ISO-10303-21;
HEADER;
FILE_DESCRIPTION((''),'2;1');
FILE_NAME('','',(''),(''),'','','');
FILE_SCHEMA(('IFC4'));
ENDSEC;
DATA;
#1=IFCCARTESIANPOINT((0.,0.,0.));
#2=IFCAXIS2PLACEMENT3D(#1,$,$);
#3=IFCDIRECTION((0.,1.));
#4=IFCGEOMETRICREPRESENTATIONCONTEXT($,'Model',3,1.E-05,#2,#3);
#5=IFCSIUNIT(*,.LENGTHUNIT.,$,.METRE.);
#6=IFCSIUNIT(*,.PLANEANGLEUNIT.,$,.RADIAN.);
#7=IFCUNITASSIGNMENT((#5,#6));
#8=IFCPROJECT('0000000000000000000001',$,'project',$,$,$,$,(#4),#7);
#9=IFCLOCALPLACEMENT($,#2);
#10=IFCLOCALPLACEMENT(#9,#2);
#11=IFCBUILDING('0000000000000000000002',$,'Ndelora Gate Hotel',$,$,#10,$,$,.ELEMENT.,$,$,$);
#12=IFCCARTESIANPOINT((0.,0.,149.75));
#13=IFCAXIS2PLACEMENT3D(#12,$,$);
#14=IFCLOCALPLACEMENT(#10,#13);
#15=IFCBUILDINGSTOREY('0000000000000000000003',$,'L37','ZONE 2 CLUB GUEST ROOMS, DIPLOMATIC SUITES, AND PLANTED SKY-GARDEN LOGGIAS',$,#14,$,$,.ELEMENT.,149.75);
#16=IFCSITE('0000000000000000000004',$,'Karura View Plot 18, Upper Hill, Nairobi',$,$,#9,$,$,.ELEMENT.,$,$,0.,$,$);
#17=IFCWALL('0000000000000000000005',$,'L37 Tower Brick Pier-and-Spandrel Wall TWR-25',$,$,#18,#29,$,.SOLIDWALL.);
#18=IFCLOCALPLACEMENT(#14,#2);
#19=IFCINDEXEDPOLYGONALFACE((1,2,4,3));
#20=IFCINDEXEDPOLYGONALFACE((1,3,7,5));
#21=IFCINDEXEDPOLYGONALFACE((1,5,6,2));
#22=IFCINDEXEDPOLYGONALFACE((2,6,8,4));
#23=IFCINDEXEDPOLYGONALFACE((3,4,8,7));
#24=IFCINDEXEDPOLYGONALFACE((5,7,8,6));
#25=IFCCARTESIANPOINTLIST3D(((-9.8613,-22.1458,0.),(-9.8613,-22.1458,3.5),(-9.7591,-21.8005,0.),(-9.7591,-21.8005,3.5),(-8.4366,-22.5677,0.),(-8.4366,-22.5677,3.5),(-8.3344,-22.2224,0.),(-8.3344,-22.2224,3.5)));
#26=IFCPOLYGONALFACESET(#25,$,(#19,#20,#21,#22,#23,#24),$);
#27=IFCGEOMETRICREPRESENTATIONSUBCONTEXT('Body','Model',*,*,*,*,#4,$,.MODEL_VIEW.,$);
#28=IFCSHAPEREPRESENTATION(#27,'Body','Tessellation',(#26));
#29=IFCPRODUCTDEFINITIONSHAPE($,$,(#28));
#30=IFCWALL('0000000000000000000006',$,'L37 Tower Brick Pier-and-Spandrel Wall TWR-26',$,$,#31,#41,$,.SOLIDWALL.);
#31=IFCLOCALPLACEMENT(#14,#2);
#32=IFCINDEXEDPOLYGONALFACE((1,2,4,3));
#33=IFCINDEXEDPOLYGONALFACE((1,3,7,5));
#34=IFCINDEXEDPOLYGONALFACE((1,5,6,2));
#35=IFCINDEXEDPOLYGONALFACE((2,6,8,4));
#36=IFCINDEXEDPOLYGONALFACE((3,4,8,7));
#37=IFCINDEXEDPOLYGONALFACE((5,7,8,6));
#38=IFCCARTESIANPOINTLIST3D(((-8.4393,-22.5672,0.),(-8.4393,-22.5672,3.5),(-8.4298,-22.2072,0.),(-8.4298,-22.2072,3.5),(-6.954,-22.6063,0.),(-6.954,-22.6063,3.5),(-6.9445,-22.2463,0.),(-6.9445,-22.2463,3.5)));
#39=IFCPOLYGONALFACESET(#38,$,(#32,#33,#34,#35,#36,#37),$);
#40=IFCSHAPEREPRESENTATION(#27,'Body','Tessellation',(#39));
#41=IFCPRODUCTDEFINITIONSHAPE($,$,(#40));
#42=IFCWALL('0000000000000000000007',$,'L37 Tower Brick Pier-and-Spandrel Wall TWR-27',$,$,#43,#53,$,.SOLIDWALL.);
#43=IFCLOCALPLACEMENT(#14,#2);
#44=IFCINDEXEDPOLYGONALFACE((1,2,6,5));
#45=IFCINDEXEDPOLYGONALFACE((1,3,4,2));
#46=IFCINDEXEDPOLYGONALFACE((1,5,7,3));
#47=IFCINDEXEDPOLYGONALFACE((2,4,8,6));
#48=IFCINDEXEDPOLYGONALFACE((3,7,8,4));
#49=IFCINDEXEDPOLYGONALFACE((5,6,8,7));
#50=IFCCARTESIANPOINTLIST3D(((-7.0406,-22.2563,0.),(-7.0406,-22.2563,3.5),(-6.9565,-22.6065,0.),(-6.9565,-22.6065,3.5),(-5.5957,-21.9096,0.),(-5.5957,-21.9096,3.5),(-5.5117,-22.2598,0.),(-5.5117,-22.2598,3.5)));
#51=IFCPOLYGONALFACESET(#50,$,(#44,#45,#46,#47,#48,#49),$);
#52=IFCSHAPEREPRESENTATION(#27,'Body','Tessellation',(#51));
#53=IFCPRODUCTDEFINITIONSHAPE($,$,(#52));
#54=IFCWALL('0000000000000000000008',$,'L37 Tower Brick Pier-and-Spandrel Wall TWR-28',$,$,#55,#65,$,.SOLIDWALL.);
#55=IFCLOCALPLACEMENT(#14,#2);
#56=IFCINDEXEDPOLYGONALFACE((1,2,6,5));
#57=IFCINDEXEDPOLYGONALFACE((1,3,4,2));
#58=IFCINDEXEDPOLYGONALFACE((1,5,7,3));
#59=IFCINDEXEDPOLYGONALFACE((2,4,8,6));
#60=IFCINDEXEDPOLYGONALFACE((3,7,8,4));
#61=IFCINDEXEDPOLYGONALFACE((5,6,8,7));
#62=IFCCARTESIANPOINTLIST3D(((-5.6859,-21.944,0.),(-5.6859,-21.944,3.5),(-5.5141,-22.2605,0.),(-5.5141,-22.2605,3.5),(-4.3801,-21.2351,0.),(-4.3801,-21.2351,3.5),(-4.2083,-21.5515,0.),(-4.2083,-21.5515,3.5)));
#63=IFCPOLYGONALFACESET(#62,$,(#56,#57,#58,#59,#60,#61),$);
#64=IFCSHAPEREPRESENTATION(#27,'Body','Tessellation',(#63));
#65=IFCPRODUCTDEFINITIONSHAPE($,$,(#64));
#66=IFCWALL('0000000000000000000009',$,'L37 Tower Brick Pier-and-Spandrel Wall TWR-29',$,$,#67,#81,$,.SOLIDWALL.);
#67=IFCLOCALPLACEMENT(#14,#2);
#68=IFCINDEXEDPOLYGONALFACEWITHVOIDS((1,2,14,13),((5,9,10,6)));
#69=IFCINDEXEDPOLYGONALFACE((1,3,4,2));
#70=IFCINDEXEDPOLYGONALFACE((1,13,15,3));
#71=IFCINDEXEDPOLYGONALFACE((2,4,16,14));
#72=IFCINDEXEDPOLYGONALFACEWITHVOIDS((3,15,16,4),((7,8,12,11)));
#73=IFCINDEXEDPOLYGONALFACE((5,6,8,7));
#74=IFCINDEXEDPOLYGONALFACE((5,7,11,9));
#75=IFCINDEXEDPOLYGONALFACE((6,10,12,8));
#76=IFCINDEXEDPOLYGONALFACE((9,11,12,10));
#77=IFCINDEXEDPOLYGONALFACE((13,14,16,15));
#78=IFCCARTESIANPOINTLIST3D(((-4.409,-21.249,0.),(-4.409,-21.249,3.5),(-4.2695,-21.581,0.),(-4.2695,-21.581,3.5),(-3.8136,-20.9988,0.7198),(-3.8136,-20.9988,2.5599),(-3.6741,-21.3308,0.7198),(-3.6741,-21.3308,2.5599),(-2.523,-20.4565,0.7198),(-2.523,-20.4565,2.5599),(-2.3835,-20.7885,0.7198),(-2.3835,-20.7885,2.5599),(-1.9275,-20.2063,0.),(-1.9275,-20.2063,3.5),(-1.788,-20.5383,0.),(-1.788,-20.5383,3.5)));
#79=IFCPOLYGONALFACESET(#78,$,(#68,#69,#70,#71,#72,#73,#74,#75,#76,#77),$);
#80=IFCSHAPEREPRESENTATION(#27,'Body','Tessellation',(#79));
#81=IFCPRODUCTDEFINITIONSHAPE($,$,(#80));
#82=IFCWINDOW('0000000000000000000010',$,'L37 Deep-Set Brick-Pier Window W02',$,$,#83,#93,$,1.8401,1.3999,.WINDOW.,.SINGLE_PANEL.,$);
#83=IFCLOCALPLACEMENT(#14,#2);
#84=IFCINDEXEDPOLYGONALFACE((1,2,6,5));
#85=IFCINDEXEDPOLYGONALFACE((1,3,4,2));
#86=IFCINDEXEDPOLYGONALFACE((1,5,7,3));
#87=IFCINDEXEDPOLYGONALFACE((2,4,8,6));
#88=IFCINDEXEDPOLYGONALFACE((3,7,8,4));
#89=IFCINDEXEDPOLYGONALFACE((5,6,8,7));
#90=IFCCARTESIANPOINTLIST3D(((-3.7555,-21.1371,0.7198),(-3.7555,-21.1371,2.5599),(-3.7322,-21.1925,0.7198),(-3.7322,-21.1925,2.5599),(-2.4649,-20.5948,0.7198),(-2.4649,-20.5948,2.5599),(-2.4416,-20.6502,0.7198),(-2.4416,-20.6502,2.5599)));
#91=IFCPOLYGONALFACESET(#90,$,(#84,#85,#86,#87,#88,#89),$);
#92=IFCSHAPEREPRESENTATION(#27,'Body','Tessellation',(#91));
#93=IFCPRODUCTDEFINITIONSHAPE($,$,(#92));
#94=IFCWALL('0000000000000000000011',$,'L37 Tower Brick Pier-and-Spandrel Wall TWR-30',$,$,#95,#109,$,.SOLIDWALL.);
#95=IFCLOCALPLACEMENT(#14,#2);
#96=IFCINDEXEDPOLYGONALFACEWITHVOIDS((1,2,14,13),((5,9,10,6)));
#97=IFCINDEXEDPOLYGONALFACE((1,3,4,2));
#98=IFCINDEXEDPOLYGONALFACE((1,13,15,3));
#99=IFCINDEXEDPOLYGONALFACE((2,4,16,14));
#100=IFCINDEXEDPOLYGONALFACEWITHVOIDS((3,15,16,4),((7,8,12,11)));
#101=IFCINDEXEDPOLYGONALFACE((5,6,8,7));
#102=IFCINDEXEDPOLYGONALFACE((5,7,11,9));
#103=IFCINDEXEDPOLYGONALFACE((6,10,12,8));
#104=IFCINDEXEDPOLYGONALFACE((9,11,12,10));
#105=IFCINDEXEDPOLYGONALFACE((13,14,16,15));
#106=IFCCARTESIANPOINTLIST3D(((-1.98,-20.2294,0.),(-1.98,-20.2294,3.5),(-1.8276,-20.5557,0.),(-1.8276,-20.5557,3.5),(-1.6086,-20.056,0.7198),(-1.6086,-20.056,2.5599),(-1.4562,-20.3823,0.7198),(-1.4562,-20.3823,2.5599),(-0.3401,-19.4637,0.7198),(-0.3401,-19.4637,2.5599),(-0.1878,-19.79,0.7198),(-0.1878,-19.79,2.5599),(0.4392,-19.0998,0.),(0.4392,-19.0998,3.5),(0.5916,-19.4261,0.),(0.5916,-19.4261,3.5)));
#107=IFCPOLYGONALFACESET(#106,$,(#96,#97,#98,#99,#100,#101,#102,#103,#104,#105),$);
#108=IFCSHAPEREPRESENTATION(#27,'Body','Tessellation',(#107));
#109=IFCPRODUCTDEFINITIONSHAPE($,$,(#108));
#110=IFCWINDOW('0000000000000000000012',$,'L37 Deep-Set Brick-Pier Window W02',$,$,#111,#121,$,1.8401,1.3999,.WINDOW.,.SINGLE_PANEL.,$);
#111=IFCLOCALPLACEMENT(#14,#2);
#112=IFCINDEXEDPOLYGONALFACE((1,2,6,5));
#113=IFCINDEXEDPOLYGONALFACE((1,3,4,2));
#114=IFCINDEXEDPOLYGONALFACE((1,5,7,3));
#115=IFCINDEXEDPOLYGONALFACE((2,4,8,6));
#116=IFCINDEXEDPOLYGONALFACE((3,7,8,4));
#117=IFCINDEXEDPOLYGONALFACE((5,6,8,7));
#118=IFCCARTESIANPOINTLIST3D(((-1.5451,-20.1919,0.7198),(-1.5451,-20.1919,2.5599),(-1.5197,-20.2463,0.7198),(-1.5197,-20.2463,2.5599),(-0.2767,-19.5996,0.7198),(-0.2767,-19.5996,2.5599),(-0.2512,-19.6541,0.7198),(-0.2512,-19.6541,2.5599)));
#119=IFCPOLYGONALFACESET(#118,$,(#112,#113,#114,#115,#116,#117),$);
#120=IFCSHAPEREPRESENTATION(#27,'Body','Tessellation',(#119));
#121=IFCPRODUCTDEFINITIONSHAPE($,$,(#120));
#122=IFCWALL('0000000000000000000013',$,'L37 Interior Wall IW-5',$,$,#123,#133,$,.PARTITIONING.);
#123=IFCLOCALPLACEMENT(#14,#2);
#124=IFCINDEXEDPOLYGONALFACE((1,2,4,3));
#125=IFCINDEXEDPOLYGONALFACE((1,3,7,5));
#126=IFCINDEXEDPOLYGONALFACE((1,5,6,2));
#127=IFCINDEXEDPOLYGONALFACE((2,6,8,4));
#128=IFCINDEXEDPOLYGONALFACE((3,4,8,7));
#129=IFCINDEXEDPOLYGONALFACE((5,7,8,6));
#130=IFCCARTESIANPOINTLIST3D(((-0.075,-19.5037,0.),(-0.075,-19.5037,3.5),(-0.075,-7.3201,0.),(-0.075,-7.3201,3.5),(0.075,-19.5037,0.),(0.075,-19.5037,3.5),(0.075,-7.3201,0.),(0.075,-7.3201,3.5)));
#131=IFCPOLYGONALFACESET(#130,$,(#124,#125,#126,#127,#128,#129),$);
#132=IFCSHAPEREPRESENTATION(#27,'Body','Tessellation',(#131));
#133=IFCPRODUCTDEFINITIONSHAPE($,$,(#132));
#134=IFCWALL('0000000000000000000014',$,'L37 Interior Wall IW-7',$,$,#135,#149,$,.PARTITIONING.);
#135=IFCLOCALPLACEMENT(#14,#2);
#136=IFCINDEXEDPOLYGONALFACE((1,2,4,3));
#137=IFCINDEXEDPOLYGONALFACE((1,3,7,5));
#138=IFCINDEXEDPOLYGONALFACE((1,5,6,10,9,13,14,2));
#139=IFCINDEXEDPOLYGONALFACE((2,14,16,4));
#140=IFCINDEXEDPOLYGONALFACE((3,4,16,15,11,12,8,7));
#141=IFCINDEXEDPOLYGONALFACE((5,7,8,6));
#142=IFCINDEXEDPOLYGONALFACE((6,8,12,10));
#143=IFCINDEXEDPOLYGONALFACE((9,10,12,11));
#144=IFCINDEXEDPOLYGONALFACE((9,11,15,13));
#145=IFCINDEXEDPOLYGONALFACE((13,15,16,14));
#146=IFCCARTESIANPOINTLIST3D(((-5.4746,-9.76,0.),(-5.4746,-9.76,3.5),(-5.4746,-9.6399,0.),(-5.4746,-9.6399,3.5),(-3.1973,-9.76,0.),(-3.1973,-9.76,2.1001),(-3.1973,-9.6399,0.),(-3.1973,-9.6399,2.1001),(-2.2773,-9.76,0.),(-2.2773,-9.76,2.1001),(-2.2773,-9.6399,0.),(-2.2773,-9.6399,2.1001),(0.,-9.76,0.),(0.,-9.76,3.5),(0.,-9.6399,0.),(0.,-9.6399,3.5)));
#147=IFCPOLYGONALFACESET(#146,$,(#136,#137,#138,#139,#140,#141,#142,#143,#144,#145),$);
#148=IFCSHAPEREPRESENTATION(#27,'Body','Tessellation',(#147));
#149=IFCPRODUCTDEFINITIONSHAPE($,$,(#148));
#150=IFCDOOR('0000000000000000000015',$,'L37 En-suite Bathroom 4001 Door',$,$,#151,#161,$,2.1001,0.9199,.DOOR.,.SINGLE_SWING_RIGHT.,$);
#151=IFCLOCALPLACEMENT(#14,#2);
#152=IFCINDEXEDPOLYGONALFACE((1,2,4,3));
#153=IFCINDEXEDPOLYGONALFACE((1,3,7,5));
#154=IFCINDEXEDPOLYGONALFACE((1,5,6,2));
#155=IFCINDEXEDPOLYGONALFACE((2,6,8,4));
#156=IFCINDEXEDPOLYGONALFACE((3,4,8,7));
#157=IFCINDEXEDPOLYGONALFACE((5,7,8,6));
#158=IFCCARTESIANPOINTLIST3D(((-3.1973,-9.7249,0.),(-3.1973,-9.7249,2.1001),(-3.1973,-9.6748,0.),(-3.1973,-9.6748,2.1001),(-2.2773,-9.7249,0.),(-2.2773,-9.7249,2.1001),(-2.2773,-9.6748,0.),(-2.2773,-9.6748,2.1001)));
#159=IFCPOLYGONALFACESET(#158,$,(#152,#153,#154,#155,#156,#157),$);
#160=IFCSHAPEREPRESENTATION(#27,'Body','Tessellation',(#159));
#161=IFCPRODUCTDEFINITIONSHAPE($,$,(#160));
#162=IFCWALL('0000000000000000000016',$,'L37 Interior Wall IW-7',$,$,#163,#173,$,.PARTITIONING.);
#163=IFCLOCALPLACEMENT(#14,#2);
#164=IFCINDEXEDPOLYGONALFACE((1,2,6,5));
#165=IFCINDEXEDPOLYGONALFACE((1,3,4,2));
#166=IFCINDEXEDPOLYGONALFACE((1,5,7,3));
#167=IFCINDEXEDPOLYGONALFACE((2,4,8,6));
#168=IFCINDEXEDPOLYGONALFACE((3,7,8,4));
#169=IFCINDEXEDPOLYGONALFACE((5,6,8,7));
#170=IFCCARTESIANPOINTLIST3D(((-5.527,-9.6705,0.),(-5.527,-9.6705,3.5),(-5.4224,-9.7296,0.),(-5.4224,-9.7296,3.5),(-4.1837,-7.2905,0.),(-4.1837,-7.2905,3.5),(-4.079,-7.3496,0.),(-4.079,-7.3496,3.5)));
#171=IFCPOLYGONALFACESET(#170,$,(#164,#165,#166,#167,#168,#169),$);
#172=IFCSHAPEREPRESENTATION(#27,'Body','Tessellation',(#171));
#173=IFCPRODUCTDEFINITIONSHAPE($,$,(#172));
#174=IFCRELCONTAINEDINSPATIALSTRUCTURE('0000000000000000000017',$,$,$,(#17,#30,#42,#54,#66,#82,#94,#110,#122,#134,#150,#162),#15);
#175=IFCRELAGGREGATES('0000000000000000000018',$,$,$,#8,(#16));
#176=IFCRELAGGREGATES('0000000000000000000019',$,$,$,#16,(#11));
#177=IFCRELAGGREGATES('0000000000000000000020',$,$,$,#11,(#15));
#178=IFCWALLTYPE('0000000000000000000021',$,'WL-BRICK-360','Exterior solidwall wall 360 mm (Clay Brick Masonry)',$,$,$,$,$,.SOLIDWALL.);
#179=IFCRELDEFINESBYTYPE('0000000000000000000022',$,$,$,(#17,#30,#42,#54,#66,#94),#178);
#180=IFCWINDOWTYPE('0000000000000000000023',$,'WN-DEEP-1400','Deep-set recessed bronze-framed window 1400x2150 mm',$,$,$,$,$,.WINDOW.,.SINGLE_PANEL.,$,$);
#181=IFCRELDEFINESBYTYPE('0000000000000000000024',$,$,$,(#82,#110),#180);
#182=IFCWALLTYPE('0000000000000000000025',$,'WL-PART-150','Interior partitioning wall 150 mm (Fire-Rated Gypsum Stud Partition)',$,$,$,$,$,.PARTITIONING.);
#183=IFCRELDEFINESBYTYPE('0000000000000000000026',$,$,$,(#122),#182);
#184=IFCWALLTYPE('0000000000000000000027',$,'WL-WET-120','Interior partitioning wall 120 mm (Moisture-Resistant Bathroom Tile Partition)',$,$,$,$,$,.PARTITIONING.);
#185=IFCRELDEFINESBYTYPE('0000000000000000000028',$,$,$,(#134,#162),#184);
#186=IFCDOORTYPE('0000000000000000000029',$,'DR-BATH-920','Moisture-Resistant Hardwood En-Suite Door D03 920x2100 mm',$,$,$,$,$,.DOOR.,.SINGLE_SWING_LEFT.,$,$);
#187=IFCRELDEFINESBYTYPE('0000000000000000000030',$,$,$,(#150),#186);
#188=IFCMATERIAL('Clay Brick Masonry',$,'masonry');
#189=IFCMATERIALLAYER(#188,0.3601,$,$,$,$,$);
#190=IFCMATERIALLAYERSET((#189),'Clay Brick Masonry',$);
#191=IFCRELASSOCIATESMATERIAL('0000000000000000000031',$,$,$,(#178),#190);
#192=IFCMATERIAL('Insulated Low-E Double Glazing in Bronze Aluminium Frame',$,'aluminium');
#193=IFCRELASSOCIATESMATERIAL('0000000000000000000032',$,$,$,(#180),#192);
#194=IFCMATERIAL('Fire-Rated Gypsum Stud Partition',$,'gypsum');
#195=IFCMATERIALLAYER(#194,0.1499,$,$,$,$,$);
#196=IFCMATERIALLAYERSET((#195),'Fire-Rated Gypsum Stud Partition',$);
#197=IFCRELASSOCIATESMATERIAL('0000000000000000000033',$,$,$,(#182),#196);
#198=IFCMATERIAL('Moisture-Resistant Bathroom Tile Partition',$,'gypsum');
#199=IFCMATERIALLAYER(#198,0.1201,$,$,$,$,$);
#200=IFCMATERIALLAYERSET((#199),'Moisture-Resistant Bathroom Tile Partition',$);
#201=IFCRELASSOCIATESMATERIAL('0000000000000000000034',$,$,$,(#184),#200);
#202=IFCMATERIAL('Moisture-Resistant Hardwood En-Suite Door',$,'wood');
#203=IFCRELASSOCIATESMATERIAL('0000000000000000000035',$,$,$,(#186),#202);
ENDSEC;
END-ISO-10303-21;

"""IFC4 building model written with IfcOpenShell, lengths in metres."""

from ifc_helpers import new_model, si_unit, direction, frame, frame_2d, origin, place, context, subcontext, project, spatial, rectangle, extrude, material, layer, layer_set, type_object, element, fill, save


model = new_model("IFC4")

# Units and contexts
model_context = context("Model", 3, precision=1e-05, world=origin(), true_north=direction((0.0, 1.0)))
body_context = subcontext(model_context, "Body", "Model", "MODEL_VIEW")
ifc_project = project(units=[si_unit("LENGTHUNIT", "METRE"), si_unit("PLANEANGLEUNIT", "RADIAN")], contexts=[model_context])

# Site, building, storey
site_placement = place(None, origin())
site = spatial("IfcSite", under=ifc_project, at=site_placement, Name="Karura View Plot 18, Upper Hill, Nairobi", CompositionType="ELEMENT", RefElevation=0.0)
building_placement = place(site_placement, origin())
building = spatial("IfcBuilding", under=site, at=building_placement, Name="Ndelora Gate Hotel", CompositionType="ELEMENT")
storey_placement = place(building_placement, frame((0.0, 0.0, 149.75)))
storey = spatial("IfcBuildingStorey", under=building, at=storey_placement, Name="L37", Description="ZONE 2 CLUB GUEST ROOMS, DIPLOMATIC SUITES, AND PLANTED SKY-GARDEN LOGGIAS", CompositionType="ELEMENT", Elevation=149.75)

# Walls
ifc_material_1 = material(Name="Clay Brick Masonry", Category="masonry")
ifc_layer_1 = layer(ifc_material_1, 0.3601)
ifc_layer_set_1 = layer_set([ifc_layer_1], Name="Clay Brick Masonry")
wall_type_1 = type_object("IfcWallType", Name="WL-BRICK-360", Description="Exterior solidwall wall 360 mm (Clay Brick Masonry)", PredefinedType="SOLIDWALL", material=ifc_layer_set_1)
for number, where, z_axis, x_axis, name in (
    (1, (-8.3855, -22.395, 0.0), (0.0, 0.0, 1.0), (-0.958851, 0.283909, 0.0), "L37 Tower Brick Pier-and-Spandrel Wall TWR-25"),
    (2, (-6.9492, -22.4263, 0.0), (0.0, 0.0, 1.0), (-0.999654, 0.026289, 0.0), "L37 Tower Brick Pier-and-Spandrel Wall TWR-26"),
    (3, (-5.5537, -22.0847, 0.0), (0.0, 0.0, 1.0), (-0.972399, -0.233323, 0.0), "L37 Tower Brick Pier-and-Spandrel Wall TWR-27"),
    (4, (-4.2942, -21.3933, 0.0), (0.0, 0.0, 1.0), (-0.878836, -0.477124, 0.0), "L37 Tower Brick Pier-and-Spandrel Wall TWR-28"),
):
    element("IfcWall", number, at=place(storey_placement, frame(where, z_axis=z_axis, x_axis=x_axis)), inside=storey, type_object=wall_type_1, Name=name, PredefinedType="SOLIDWALL", context=body_context, shape_type="SweptSolid", body=[
        extrude(rectangle(XDim=1.4858, YDim=0.3601, at=frame_2d((0.7429, 0.0))), origin(), (0.0, 0.0, 1.0), 3.5),
    ])

# Walls, openings, windows
wall_1_placement = place(storey_placement, frame((-1.8579, -20.3723, 0.0), z_axis=(0.0, 0.0, 1.0), x_axis=(-0.921913, -0.387396, 0.0)))
wall_1 = element("IfcWall", 5, at=wall_1_placement, inside=storey, type_object=wall_type_1, Name="L37 Tower Brick Pier-and-Spandrel Wall TWR-29", PredefinedType="SOLIDWALL", context=body_context, shape_type="SweptSolid", body=[
    extrude(rectangle(XDim=2.6917, YDim=0.3601, at=frame_2d((1.3457, 0.0))), origin(), (0.0, 0.0, 1.0), 3.5),
])
opening_1_placement = place(wall_1_placement, frame((0.6458, 0.0, 0.72)))
opening_1 = element("IfcOpeningElement", 6, at=opening_1_placement, cuts=wall_1, PredefinedType="OPENING", context=body_context, shape_type="SweptSolid", body=[
    extrude(rectangle(XDim=1.3999, YDim=1.8401, at=frame_2d((0.7, 0.9199))), frame((0.0, 0.1899, 0.0), z_axis=(0.0, -1.0, 0.0), x_axis=(1.0, 0.0, 0.0)), (0.0, 0.0, 1.0), 0.3801),
])
ifc_material_2 = material(Name="Insulated Low-E Double Glazing in Bronze Aluminium Frame", Category="aluminium")
window_type = type_object("IfcWindowType", Name="WN-DEEP-1400", Description="Deep-set recessed bronze-framed window 1400x2150 mm", PartitioningType="SINGLE_PANEL", PredefinedType="WINDOW", material=ifc_material_2)
window_1_placement = place(opening_1_placement, origin())
window_1 = element("IfcWindow", 7, at=window_1_placement, inside=storey, type_object=window_type, Name="L37 Deep-Set Brick-Pier Window W02", OverallHeight=1.8401, OverallWidth=1.3999, PartitioningType="SINGLE_PANEL", PredefinedType="WINDOW", context=body_context, shape_type="SweptSolid", body=[
    extrude(rectangle(XDim=1.3999, YDim=1.8401, at=frame_2d((0.7, 0.9199))), frame((0.0, 0.03, 0.0), z_axis=(0.0, -1.0, 0.0), x_axis=(1.0, 0.0, 0.0)), (0.0, 0.0, 1.0), 0.0601),
])
fill(opening_1, window_1)
wall_2_placement = place(storey_placement, frame((0.5154, -19.2629, 0.0), z_axis=(0.0, 0.0, 1.0), x_axis=(-0.906085, -0.423096, 0.0)))
wall_2 = element("IfcWall", 8, at=wall_2_placement, inside=storey, type_object=wall_type_1, Name="L37 Tower Brick Pier-and-Spandrel Wall TWR-30", PredefinedType="SOLIDWALL", context=body_context, shape_type="SweptSolid", body=[
    extrude(rectangle(XDim=2.6699, YDim=0.3601, at=frame_2d((1.335, 0.0))), origin(), (0.0, 0.0, 1.0), 3.5),
])
opening_2_placement = place(wall_2_placement, frame((0.8601, 0.0, 0.72)))
opening_2 = element("IfcOpeningElement", 9, at=opening_2_placement, cuts=wall_2, PredefinedType="OPENING", context=body_context, shape_type="SweptSolid", body=[
    extrude(rectangle(XDim=1.3999, YDim=1.8401, at=frame_2d((0.7, 0.9199))), frame((0.0, 0.1899, 0.0), z_axis=(0.0, -1.0, 0.0), x_axis=(1.0, 0.0, 0.0)), (0.0, 0.0, 1.0), 0.3801),
])
window_2_placement = place(opening_2_placement, origin())
window_2 = element("IfcWindow", 10, at=window_2_placement, inside=storey, type_object=window_type, Name="L37 Deep-Set Brick-Pier Window W02", OverallHeight=1.8401, OverallWidth=1.3999, PartitioningType="SINGLE_PANEL", PredefinedType="WINDOW", context=body_context, shape_type="SweptSolid", body=[
    extrude(rectangle(XDim=1.3999, YDim=1.8401, at=frame_2d((0.7, 0.9199))), frame((0.0, 0.03, 0.0), z_axis=(0.0, -1.0, 0.0), x_axis=(1.0, 0.0, 0.0)), (0.0, 0.0, 1.0), 0.0601),
])
fill(opening_2, window_2)

# Wall
ifc_material_3 = material(Name="Fire-Rated Gypsum Stud Partition", Category="gypsum")
ifc_layer_2 = layer(ifc_material_3, 0.1499)
ifc_layer_set_2 = layer_set([ifc_layer_2], Name="Fire-Rated Gypsum Stud Partition")
wall_type_2 = type_object("IfcWallType", Name="WL-PART-150", Description="Interior partitioning wall 150 mm (Fire-Rated Gypsum Stud Partition)", PredefinedType="PARTITIONING", material=ifc_layer_set_2)
wall_3_placement = place(storey_placement, frame((0.0, -7.3201, 0.0), z_axis=(0.0, 0.0, 1.0), x_axis=(0.0, -1.0, 0.0)))
element("IfcWall", 11, at=wall_3_placement, inside=storey, type_object=wall_type_2, Name="L37 Interior Wall IW-5", PredefinedType="PARTITIONING", context=body_context, shape_type="SweptSolid", body=[
    extrude(rectangle(XDim=12.1836, YDim=0.1499, at=frame_2d((6.0918, 0.0))), origin(), (0.0, 0.0, 1.0), 3.5),
])

# Wall, opening, door
ifc_material_4 = material(Name="Moisture-Resistant Bathroom Tile Partition", Category="gypsum")
ifc_layer_3 = layer(ifc_material_4, 0.1201)
ifc_layer_set_3 = layer_set([ifc_layer_3], Name="Moisture-Resistant Bathroom Tile Partition")
wall_type_3 = type_object("IfcWallType", Name="WL-WET-120", Description="Interior partitioning wall 120 mm (Moisture-Resistant Bathroom Tile Partition)", PredefinedType="PARTITIONING", material=ifc_layer_set_3)
wall_4_placement = place(storey_placement, frame((0.0, -9.7, 0.0), z_axis=(0.0, 0.0, 1.0), x_axis=(-1.0, 0.0, 0.0)))
wall_4 = element("IfcWall", 12, at=wall_4_placement, inside=storey, type_object=wall_type_3, Name="L37 Interior Wall IW-7", PredefinedType="PARTITIONING", context=body_context, shape_type="SweptSolid", body=[
    extrude(rectangle(XDim=5.4746, YDim=0.1201, at=frame_2d((2.7373, 0.0))), origin(), (0.0, 0.0, 1.0), 3.5),
])
opening_3_placement = place(wall_4_placement, frame((2.2773, 0.0, 0.0)))
opening_3 = element("IfcOpeningElement", 13, at=opening_3_placement, cuts=wall_4, PredefinedType="OPENING", context=body_context, shape_type="SweptSolid", body=[
    extrude(rectangle(XDim=0.9199, YDim=2.1001, at=frame_2d((0.46, 1.05))), frame((0.0, 0.0701, 0.0), z_axis=(0.0, -1.0, 0.0), x_axis=(1.0, 0.0, 0.0)), (0.0, 0.0, 1.0), 0.1401),
])
ifc_material_5 = material(Name="Moisture-Resistant Hardwood En-Suite Door", Category="wood")
door_type = type_object("IfcDoorType", Name="DR-BATH-920", Description="Moisture-Resistant Hardwood En-Suite Door D03 920x2100 mm", OperationType="SINGLE_SWING_LEFT", PredefinedType="DOOR", material=ifc_material_5)
door_placement = place(opening_3_placement, origin())
door = element("IfcDoor", 14, at=door_placement, inside=storey, type_object=door_type, Name="L37 En-suite Bathroom 4001 Door", OperationType="SINGLE_SWING_RIGHT", OverallHeight=2.1001, OverallWidth=0.9199, PredefinedType="DOOR", context=body_context, shape_type="SweptSolid", body=[
    extrude(rectangle(XDim=0.9199, YDim=2.1001, at=frame_2d((0.46, 1.05))), frame((0.0, 0.0249, 0.0), z_axis=(0.0, -1.0, 0.0), x_axis=(1.0, 0.0, 0.0)), (0.0, 0.0, 1.0), 0.05),
])
fill(opening_3, door)

# Wall
wall_5_placement = place(storey_placement, frame((-4.1313, -7.3201, 0.0), z_axis=(0.0, 0.0, 1.0), x_axis=(-0.491533, -0.870859, 0.0)))
element("IfcWall", 15, at=wall_5_placement, inside=storey, type_object=wall_type_3, Name="L37 Interior Wall IW-7", PredefinedType="PARTITIONING", context=body_context, shape_type="SweptSolid", body=[
    extrude(rectangle(XDim=2.7329, YDim=0.1201, at=frame_2d((1.3665, 0.0))), origin(), (0.0, 0.0, 1.0), 3.5),
])

save(model, "model.ifc")
